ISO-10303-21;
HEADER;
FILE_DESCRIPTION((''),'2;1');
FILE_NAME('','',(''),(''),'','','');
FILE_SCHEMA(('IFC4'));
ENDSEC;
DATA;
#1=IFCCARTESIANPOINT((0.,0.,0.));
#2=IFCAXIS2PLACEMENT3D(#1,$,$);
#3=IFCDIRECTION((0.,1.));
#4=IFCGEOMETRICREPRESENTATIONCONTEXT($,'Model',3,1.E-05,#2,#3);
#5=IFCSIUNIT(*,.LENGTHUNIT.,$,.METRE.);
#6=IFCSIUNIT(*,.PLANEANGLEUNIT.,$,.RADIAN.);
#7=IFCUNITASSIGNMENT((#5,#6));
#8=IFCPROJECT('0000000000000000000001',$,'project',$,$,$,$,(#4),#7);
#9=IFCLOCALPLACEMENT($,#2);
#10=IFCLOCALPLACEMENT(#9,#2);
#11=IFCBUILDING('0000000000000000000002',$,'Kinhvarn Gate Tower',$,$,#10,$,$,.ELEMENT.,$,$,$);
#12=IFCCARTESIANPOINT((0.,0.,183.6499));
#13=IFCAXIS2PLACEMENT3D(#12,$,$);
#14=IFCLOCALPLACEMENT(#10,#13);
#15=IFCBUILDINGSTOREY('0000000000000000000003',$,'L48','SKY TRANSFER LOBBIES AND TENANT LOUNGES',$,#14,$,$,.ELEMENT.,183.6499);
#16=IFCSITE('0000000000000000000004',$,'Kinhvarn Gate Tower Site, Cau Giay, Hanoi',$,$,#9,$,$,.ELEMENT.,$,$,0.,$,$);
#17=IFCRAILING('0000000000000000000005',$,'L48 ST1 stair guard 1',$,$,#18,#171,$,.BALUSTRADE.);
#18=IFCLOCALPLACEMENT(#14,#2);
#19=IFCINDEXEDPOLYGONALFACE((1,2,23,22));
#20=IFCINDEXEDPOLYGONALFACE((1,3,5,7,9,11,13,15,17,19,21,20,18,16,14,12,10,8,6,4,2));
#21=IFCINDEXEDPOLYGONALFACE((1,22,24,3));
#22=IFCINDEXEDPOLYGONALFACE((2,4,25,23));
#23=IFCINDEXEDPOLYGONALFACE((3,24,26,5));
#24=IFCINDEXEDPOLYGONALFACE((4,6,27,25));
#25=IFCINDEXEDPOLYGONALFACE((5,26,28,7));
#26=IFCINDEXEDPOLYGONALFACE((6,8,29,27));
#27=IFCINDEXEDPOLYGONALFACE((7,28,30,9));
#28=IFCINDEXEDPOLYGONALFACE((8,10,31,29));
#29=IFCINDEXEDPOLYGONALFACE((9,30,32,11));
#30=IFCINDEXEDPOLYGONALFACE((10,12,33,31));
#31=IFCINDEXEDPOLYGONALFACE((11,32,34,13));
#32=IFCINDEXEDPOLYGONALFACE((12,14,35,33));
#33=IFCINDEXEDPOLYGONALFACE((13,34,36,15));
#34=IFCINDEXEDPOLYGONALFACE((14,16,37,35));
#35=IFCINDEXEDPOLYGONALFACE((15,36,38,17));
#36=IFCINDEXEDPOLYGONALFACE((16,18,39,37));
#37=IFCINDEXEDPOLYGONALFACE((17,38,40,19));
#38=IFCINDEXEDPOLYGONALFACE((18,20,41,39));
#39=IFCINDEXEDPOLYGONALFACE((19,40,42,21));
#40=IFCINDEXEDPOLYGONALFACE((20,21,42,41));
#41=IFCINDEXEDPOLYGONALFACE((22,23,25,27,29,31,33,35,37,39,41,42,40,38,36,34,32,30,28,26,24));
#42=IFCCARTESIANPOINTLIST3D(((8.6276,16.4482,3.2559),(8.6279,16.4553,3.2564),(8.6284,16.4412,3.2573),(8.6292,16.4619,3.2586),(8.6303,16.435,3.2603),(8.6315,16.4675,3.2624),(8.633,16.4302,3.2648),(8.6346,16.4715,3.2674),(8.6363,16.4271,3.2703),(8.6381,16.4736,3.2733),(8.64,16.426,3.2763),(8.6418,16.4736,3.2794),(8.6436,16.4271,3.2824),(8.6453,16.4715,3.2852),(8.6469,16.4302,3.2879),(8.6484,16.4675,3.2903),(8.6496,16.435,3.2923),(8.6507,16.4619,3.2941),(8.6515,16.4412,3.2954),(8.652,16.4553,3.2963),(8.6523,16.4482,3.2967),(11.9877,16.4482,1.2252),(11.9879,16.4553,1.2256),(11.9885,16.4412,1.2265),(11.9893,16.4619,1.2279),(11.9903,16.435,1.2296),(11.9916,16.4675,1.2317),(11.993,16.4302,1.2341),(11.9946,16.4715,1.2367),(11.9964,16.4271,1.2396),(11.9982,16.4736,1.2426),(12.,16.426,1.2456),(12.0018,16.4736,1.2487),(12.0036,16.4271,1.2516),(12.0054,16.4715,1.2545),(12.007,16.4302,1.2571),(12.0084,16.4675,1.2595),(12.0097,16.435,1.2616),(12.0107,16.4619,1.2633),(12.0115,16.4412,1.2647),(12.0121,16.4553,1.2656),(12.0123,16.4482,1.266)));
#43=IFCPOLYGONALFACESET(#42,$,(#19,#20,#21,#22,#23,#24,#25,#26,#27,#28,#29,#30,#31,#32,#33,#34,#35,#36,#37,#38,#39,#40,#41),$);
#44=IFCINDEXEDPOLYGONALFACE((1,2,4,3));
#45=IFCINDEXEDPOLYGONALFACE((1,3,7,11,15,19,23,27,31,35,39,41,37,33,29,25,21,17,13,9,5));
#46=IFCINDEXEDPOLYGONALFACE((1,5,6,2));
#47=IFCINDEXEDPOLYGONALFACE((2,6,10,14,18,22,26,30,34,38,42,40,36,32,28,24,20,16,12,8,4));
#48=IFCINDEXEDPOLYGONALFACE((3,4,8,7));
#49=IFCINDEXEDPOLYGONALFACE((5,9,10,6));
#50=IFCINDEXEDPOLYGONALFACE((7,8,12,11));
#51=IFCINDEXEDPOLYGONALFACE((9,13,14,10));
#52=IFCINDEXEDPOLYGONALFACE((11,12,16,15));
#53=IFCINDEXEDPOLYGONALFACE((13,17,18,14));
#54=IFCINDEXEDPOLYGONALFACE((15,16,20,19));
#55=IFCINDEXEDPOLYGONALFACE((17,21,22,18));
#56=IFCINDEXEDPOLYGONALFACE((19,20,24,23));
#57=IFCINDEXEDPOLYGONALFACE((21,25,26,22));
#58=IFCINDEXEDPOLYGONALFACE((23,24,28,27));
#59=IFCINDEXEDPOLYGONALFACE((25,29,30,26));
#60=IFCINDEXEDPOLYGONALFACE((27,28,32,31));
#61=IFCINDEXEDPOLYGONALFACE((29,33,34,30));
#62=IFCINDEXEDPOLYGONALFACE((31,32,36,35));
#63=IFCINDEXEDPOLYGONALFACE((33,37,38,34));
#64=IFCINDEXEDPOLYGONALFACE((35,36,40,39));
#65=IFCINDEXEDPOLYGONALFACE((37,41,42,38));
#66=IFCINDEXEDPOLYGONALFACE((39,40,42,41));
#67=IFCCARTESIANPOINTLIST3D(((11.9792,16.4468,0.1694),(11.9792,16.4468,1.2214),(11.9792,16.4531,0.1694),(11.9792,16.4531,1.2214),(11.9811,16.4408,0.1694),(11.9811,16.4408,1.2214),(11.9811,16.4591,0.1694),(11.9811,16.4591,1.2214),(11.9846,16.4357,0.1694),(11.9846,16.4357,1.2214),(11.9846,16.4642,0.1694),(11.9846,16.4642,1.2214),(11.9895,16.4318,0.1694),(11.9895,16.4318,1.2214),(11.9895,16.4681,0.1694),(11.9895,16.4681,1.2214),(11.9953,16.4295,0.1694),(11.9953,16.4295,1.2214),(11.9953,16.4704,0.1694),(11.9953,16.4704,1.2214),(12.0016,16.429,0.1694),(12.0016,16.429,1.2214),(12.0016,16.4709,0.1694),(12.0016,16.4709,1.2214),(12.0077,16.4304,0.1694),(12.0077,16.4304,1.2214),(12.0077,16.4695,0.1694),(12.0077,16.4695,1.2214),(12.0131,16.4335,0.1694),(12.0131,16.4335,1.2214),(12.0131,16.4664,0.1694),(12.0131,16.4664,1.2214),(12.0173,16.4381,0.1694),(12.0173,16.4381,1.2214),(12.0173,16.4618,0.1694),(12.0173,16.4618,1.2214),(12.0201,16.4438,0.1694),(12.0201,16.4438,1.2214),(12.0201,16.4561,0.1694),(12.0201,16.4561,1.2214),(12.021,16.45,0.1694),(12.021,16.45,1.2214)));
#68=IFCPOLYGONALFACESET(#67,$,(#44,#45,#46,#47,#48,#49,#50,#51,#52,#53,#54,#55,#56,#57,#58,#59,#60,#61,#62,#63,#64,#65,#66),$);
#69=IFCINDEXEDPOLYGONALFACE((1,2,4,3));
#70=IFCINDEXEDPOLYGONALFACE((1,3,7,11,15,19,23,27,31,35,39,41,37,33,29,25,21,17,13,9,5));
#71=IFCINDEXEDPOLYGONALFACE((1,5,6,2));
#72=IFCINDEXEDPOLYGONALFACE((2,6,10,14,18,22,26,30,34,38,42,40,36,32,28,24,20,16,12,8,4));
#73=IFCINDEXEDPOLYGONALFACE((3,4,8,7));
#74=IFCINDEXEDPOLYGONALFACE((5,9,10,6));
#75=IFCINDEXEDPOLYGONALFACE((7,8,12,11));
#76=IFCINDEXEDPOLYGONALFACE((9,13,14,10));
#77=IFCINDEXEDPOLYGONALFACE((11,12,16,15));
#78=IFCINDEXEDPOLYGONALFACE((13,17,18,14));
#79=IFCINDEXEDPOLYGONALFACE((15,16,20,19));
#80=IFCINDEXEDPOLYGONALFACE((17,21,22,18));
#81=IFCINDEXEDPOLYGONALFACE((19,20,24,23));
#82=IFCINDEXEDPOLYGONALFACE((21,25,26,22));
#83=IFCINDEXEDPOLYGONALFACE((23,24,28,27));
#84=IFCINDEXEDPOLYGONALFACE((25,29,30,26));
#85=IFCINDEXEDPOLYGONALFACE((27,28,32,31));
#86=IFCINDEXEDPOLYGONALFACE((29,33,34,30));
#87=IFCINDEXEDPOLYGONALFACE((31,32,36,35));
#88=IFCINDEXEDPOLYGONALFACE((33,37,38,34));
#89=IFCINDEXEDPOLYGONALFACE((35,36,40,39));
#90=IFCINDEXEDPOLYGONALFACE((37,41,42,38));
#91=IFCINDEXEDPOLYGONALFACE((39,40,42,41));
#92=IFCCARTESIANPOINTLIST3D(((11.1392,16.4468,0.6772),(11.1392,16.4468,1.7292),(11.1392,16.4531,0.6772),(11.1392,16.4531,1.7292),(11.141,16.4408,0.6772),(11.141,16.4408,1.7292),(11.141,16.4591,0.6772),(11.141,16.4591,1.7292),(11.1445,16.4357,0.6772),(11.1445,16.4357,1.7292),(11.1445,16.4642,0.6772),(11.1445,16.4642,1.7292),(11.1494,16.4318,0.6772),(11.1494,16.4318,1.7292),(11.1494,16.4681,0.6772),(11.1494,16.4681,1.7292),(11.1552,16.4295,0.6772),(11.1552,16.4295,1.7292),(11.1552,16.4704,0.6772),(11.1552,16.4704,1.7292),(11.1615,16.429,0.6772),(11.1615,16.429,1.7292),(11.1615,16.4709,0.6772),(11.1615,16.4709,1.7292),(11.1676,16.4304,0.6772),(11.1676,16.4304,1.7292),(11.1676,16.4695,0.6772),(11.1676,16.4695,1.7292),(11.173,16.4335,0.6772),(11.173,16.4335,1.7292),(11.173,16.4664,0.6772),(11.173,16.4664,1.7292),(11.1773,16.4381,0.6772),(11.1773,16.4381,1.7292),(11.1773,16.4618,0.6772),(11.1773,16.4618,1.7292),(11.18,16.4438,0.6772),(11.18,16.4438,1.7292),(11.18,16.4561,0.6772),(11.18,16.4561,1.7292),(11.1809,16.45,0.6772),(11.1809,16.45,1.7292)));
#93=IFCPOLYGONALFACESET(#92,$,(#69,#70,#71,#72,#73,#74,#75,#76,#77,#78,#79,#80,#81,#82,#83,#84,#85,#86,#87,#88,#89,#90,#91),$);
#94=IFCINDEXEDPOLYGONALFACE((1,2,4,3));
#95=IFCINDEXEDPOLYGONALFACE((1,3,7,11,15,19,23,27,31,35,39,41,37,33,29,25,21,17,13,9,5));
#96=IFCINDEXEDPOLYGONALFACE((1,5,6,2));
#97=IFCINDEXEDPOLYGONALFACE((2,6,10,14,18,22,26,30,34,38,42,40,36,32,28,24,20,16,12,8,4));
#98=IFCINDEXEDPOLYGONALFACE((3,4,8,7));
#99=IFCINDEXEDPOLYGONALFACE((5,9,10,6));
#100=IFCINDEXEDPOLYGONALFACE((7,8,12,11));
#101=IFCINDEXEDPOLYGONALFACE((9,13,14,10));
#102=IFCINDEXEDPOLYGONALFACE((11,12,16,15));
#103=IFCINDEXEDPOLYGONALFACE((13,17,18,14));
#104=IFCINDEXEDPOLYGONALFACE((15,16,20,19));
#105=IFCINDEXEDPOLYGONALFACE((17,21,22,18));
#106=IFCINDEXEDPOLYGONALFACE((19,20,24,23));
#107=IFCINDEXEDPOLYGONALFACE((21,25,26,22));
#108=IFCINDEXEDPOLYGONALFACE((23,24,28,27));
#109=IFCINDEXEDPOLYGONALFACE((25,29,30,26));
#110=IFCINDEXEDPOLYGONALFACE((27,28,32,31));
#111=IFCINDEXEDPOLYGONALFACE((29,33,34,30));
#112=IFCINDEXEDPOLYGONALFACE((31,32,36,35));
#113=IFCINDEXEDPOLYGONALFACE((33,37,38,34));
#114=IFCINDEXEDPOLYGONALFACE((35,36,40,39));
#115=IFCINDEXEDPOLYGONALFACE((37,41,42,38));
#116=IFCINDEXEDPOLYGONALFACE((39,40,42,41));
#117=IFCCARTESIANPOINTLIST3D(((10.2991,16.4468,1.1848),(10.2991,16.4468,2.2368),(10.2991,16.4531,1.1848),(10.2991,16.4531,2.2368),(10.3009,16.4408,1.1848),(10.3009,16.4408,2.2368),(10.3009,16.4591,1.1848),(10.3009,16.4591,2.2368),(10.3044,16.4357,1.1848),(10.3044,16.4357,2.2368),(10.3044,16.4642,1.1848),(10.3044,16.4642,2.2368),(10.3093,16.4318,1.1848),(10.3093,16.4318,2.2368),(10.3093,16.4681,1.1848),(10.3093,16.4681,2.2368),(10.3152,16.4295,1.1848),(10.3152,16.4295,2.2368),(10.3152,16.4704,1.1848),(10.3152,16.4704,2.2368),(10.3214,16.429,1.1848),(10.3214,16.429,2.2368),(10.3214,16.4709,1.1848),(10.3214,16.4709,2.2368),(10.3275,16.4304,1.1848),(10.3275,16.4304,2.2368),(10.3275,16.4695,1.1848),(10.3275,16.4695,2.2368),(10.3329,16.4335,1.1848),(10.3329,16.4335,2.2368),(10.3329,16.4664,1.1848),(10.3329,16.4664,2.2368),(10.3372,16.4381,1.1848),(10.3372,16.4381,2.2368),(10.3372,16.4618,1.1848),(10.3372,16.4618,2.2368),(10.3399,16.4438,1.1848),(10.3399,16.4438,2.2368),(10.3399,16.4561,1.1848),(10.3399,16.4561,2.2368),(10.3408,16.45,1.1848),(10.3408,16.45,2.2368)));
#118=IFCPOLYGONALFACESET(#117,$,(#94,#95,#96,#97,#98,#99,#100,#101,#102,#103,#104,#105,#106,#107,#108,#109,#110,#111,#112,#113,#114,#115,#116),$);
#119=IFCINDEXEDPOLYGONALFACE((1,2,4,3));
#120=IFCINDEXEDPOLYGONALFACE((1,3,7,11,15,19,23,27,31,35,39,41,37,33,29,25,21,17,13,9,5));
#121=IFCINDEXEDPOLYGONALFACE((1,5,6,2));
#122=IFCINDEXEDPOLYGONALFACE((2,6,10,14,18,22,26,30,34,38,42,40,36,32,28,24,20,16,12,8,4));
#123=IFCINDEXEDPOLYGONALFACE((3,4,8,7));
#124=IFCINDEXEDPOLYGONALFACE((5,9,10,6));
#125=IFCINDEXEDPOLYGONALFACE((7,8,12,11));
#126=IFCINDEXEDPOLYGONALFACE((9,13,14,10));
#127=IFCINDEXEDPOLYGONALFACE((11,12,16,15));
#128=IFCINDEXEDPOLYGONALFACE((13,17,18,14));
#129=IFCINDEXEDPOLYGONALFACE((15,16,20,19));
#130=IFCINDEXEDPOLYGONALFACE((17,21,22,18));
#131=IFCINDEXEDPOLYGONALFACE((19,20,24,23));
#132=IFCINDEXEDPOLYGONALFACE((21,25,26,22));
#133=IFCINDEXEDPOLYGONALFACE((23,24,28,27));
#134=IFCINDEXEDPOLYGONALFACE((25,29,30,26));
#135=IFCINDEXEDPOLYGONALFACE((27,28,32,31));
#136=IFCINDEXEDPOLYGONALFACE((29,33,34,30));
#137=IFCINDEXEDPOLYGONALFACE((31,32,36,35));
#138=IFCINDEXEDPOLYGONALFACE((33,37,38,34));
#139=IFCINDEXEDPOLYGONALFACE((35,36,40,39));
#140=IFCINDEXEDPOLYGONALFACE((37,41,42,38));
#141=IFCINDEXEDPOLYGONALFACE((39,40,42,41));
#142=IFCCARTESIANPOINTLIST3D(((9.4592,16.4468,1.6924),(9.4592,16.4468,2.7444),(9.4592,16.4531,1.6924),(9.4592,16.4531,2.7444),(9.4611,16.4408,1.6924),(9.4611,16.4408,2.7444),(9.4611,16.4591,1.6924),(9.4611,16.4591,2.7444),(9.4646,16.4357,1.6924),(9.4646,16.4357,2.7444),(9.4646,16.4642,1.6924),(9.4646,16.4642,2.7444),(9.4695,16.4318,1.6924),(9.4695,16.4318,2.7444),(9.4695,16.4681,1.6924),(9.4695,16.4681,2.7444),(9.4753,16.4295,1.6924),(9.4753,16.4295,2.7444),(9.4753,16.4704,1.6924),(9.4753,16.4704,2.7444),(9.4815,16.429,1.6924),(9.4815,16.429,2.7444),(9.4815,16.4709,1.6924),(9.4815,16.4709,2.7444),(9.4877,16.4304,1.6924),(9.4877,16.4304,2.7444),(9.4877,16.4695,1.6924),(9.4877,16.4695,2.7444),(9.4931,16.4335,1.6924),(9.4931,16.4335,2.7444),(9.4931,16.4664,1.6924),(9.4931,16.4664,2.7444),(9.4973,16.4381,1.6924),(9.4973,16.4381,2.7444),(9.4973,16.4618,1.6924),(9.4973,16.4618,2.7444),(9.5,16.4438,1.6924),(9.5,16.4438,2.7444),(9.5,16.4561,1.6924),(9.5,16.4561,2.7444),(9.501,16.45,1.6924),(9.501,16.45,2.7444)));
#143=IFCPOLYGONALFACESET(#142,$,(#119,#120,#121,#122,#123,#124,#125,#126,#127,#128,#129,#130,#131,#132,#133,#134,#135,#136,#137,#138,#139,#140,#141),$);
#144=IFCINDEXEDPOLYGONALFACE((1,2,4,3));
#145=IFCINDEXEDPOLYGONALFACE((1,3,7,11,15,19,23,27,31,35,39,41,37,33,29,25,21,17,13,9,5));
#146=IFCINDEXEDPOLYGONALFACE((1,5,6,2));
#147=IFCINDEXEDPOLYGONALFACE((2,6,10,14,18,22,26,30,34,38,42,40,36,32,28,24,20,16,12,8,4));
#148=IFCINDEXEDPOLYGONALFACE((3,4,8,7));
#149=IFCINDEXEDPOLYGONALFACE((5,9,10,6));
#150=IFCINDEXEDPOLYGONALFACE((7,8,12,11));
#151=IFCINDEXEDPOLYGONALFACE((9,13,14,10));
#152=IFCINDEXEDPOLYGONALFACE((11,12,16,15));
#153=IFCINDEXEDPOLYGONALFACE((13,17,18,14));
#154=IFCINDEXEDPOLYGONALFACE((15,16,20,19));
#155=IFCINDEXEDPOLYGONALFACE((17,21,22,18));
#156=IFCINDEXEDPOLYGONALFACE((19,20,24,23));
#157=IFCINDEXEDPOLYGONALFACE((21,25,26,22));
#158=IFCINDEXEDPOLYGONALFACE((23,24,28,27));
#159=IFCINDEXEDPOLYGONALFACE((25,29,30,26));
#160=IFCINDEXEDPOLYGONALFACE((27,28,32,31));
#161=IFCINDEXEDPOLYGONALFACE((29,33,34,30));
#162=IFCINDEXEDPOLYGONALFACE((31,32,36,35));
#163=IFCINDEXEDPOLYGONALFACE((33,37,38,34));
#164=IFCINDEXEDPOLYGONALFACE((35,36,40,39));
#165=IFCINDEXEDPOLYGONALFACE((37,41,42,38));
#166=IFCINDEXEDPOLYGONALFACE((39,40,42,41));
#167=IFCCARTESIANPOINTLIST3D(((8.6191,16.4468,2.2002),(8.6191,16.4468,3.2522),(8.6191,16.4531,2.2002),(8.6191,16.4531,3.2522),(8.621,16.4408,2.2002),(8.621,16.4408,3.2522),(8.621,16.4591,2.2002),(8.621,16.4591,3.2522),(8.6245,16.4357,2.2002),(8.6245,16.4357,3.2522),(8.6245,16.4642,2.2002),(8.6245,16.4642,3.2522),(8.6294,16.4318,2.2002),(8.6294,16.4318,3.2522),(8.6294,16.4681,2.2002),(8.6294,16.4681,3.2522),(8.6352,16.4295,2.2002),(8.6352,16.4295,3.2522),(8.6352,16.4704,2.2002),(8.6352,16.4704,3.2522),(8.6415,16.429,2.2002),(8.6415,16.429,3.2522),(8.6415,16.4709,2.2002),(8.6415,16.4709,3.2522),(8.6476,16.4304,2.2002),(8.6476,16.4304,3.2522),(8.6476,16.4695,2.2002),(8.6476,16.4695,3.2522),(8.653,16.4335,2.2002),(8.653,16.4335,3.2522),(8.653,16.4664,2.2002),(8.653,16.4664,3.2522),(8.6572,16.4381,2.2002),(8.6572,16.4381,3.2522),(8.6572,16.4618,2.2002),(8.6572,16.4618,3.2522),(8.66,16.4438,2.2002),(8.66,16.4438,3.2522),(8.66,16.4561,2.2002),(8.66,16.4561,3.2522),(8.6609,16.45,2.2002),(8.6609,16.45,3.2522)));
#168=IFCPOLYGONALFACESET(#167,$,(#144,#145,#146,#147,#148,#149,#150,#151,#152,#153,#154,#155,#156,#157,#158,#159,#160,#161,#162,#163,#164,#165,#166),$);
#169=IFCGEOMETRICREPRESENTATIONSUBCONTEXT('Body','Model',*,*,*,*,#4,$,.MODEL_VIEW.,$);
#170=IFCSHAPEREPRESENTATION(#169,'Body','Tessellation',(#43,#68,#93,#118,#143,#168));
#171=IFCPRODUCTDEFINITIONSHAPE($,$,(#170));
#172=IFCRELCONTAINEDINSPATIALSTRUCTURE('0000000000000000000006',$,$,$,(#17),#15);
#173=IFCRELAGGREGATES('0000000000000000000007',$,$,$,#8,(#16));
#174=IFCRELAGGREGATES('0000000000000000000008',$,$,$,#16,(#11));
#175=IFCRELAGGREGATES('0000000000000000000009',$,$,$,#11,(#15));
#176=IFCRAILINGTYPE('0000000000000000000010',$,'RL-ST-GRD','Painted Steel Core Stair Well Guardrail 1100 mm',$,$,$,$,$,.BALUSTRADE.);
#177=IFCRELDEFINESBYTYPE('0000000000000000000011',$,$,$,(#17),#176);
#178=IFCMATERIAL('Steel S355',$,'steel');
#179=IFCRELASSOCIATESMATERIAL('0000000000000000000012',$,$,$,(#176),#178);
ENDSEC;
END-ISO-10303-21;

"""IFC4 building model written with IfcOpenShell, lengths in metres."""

from ifc_helpers import new_model, si_unit, direction, frame, origin, origin_2d, place, context, subcontext, project, spatial, circle, extrude, material, type_object, element, save


model = new_model("IFC4")

# Units and contexts
model_context = context("Model", 3, precision=1e-05, world=origin(), true_north=direction((0.0, 1.0)))
body_context = subcontext(model_context, "Body", "Model", "MODEL_VIEW")
ifc_project = project(units=[si_unit("LENGTHUNIT", "METRE"), si_unit("PLANEANGLEUNIT", "RADIAN")], contexts=[model_context])

# Site, building, storey
site_placement = place(None, origin())
site = spatial("IfcSite", under=ifc_project, at=site_placement, Name="Kinhvarn Gate Tower Site, Cau Giay, Hanoi", CompositionType="ELEMENT", RefElevation=0.0)
building_placement = place(site_placement, origin())
building = spatial("IfcBuilding", under=site, at=building_placement, Name="Kinhvarn Gate Tower", CompositionType="ELEMENT")
storey_placement = place(building_placement, frame((0.0, 0.0, 183.6499)))
storey = spatial("IfcBuildingStorey", under=building, at=storey_placement, Name="L48", Description="SKY TRANSFER LOBBIES AND TENANT LOUNGES", CompositionType="ELEMENT", Elevation=183.6499)

# Shared definitions
ifc_material_1 = material(Name="Steel S355", Category="steel")

# Railing
railing_type_1 = type_object("IfcRailingType", Name="RL-ST-GRD", Description="Painted Steel Core Stair Well Guardrail 1100 mm", PredefinedType="BALUSTRADE", material=ifc_material_1)
railing_1_placement = place(storey_placement, frame((12.0, 16.45, 0.1694)))
element("IfcRailing", 1, at=railing_1_placement, inside=storey, type_object=railing_type_1, Name="L48 ST1 stair guard 1", PredefinedType="BALUSTRADE", context=body_context, shape_type="SweptSolid", body=[
    extrude(circle(Radius=0.0239, at=origin_2d()), frame((0.0, 0.0, 1.0762), z_axis=(-0.855837, 0.0, 0.517246), x_axis=(0.0, -1.0, 0.0)), (0.0, 0.0, 1.0), 3.926),
    extrude(circle(Radius=0.021, at=origin_2d()), origin(), (0.0, 0.0, 1.0), 1.052),
    extrude(circle(Radius=0.021, at=origin_2d()), frame((-0.8401, 0.0, 0.5078)), (0.0, 0.0, 1.0), 1.052),
    extrude(circle(Radius=0.021, at=origin_2d()), frame((-1.6802, 0.0, 1.0154)), (0.0, 0.0, 1.0), 1.052),
    extrude(circle(Radius=0.021, at=origin_2d()), frame((-2.52, 0.0, 1.5229)), (0.0, 0.0, 1.0), 1.052),
    extrude(circle(Radius=0.021, at=origin_2d()), frame((-3.3601, 0.0, 2.0308)), (0.0, 0.0, 1.0), 1.052),
])

save(model, "model.ifc")
